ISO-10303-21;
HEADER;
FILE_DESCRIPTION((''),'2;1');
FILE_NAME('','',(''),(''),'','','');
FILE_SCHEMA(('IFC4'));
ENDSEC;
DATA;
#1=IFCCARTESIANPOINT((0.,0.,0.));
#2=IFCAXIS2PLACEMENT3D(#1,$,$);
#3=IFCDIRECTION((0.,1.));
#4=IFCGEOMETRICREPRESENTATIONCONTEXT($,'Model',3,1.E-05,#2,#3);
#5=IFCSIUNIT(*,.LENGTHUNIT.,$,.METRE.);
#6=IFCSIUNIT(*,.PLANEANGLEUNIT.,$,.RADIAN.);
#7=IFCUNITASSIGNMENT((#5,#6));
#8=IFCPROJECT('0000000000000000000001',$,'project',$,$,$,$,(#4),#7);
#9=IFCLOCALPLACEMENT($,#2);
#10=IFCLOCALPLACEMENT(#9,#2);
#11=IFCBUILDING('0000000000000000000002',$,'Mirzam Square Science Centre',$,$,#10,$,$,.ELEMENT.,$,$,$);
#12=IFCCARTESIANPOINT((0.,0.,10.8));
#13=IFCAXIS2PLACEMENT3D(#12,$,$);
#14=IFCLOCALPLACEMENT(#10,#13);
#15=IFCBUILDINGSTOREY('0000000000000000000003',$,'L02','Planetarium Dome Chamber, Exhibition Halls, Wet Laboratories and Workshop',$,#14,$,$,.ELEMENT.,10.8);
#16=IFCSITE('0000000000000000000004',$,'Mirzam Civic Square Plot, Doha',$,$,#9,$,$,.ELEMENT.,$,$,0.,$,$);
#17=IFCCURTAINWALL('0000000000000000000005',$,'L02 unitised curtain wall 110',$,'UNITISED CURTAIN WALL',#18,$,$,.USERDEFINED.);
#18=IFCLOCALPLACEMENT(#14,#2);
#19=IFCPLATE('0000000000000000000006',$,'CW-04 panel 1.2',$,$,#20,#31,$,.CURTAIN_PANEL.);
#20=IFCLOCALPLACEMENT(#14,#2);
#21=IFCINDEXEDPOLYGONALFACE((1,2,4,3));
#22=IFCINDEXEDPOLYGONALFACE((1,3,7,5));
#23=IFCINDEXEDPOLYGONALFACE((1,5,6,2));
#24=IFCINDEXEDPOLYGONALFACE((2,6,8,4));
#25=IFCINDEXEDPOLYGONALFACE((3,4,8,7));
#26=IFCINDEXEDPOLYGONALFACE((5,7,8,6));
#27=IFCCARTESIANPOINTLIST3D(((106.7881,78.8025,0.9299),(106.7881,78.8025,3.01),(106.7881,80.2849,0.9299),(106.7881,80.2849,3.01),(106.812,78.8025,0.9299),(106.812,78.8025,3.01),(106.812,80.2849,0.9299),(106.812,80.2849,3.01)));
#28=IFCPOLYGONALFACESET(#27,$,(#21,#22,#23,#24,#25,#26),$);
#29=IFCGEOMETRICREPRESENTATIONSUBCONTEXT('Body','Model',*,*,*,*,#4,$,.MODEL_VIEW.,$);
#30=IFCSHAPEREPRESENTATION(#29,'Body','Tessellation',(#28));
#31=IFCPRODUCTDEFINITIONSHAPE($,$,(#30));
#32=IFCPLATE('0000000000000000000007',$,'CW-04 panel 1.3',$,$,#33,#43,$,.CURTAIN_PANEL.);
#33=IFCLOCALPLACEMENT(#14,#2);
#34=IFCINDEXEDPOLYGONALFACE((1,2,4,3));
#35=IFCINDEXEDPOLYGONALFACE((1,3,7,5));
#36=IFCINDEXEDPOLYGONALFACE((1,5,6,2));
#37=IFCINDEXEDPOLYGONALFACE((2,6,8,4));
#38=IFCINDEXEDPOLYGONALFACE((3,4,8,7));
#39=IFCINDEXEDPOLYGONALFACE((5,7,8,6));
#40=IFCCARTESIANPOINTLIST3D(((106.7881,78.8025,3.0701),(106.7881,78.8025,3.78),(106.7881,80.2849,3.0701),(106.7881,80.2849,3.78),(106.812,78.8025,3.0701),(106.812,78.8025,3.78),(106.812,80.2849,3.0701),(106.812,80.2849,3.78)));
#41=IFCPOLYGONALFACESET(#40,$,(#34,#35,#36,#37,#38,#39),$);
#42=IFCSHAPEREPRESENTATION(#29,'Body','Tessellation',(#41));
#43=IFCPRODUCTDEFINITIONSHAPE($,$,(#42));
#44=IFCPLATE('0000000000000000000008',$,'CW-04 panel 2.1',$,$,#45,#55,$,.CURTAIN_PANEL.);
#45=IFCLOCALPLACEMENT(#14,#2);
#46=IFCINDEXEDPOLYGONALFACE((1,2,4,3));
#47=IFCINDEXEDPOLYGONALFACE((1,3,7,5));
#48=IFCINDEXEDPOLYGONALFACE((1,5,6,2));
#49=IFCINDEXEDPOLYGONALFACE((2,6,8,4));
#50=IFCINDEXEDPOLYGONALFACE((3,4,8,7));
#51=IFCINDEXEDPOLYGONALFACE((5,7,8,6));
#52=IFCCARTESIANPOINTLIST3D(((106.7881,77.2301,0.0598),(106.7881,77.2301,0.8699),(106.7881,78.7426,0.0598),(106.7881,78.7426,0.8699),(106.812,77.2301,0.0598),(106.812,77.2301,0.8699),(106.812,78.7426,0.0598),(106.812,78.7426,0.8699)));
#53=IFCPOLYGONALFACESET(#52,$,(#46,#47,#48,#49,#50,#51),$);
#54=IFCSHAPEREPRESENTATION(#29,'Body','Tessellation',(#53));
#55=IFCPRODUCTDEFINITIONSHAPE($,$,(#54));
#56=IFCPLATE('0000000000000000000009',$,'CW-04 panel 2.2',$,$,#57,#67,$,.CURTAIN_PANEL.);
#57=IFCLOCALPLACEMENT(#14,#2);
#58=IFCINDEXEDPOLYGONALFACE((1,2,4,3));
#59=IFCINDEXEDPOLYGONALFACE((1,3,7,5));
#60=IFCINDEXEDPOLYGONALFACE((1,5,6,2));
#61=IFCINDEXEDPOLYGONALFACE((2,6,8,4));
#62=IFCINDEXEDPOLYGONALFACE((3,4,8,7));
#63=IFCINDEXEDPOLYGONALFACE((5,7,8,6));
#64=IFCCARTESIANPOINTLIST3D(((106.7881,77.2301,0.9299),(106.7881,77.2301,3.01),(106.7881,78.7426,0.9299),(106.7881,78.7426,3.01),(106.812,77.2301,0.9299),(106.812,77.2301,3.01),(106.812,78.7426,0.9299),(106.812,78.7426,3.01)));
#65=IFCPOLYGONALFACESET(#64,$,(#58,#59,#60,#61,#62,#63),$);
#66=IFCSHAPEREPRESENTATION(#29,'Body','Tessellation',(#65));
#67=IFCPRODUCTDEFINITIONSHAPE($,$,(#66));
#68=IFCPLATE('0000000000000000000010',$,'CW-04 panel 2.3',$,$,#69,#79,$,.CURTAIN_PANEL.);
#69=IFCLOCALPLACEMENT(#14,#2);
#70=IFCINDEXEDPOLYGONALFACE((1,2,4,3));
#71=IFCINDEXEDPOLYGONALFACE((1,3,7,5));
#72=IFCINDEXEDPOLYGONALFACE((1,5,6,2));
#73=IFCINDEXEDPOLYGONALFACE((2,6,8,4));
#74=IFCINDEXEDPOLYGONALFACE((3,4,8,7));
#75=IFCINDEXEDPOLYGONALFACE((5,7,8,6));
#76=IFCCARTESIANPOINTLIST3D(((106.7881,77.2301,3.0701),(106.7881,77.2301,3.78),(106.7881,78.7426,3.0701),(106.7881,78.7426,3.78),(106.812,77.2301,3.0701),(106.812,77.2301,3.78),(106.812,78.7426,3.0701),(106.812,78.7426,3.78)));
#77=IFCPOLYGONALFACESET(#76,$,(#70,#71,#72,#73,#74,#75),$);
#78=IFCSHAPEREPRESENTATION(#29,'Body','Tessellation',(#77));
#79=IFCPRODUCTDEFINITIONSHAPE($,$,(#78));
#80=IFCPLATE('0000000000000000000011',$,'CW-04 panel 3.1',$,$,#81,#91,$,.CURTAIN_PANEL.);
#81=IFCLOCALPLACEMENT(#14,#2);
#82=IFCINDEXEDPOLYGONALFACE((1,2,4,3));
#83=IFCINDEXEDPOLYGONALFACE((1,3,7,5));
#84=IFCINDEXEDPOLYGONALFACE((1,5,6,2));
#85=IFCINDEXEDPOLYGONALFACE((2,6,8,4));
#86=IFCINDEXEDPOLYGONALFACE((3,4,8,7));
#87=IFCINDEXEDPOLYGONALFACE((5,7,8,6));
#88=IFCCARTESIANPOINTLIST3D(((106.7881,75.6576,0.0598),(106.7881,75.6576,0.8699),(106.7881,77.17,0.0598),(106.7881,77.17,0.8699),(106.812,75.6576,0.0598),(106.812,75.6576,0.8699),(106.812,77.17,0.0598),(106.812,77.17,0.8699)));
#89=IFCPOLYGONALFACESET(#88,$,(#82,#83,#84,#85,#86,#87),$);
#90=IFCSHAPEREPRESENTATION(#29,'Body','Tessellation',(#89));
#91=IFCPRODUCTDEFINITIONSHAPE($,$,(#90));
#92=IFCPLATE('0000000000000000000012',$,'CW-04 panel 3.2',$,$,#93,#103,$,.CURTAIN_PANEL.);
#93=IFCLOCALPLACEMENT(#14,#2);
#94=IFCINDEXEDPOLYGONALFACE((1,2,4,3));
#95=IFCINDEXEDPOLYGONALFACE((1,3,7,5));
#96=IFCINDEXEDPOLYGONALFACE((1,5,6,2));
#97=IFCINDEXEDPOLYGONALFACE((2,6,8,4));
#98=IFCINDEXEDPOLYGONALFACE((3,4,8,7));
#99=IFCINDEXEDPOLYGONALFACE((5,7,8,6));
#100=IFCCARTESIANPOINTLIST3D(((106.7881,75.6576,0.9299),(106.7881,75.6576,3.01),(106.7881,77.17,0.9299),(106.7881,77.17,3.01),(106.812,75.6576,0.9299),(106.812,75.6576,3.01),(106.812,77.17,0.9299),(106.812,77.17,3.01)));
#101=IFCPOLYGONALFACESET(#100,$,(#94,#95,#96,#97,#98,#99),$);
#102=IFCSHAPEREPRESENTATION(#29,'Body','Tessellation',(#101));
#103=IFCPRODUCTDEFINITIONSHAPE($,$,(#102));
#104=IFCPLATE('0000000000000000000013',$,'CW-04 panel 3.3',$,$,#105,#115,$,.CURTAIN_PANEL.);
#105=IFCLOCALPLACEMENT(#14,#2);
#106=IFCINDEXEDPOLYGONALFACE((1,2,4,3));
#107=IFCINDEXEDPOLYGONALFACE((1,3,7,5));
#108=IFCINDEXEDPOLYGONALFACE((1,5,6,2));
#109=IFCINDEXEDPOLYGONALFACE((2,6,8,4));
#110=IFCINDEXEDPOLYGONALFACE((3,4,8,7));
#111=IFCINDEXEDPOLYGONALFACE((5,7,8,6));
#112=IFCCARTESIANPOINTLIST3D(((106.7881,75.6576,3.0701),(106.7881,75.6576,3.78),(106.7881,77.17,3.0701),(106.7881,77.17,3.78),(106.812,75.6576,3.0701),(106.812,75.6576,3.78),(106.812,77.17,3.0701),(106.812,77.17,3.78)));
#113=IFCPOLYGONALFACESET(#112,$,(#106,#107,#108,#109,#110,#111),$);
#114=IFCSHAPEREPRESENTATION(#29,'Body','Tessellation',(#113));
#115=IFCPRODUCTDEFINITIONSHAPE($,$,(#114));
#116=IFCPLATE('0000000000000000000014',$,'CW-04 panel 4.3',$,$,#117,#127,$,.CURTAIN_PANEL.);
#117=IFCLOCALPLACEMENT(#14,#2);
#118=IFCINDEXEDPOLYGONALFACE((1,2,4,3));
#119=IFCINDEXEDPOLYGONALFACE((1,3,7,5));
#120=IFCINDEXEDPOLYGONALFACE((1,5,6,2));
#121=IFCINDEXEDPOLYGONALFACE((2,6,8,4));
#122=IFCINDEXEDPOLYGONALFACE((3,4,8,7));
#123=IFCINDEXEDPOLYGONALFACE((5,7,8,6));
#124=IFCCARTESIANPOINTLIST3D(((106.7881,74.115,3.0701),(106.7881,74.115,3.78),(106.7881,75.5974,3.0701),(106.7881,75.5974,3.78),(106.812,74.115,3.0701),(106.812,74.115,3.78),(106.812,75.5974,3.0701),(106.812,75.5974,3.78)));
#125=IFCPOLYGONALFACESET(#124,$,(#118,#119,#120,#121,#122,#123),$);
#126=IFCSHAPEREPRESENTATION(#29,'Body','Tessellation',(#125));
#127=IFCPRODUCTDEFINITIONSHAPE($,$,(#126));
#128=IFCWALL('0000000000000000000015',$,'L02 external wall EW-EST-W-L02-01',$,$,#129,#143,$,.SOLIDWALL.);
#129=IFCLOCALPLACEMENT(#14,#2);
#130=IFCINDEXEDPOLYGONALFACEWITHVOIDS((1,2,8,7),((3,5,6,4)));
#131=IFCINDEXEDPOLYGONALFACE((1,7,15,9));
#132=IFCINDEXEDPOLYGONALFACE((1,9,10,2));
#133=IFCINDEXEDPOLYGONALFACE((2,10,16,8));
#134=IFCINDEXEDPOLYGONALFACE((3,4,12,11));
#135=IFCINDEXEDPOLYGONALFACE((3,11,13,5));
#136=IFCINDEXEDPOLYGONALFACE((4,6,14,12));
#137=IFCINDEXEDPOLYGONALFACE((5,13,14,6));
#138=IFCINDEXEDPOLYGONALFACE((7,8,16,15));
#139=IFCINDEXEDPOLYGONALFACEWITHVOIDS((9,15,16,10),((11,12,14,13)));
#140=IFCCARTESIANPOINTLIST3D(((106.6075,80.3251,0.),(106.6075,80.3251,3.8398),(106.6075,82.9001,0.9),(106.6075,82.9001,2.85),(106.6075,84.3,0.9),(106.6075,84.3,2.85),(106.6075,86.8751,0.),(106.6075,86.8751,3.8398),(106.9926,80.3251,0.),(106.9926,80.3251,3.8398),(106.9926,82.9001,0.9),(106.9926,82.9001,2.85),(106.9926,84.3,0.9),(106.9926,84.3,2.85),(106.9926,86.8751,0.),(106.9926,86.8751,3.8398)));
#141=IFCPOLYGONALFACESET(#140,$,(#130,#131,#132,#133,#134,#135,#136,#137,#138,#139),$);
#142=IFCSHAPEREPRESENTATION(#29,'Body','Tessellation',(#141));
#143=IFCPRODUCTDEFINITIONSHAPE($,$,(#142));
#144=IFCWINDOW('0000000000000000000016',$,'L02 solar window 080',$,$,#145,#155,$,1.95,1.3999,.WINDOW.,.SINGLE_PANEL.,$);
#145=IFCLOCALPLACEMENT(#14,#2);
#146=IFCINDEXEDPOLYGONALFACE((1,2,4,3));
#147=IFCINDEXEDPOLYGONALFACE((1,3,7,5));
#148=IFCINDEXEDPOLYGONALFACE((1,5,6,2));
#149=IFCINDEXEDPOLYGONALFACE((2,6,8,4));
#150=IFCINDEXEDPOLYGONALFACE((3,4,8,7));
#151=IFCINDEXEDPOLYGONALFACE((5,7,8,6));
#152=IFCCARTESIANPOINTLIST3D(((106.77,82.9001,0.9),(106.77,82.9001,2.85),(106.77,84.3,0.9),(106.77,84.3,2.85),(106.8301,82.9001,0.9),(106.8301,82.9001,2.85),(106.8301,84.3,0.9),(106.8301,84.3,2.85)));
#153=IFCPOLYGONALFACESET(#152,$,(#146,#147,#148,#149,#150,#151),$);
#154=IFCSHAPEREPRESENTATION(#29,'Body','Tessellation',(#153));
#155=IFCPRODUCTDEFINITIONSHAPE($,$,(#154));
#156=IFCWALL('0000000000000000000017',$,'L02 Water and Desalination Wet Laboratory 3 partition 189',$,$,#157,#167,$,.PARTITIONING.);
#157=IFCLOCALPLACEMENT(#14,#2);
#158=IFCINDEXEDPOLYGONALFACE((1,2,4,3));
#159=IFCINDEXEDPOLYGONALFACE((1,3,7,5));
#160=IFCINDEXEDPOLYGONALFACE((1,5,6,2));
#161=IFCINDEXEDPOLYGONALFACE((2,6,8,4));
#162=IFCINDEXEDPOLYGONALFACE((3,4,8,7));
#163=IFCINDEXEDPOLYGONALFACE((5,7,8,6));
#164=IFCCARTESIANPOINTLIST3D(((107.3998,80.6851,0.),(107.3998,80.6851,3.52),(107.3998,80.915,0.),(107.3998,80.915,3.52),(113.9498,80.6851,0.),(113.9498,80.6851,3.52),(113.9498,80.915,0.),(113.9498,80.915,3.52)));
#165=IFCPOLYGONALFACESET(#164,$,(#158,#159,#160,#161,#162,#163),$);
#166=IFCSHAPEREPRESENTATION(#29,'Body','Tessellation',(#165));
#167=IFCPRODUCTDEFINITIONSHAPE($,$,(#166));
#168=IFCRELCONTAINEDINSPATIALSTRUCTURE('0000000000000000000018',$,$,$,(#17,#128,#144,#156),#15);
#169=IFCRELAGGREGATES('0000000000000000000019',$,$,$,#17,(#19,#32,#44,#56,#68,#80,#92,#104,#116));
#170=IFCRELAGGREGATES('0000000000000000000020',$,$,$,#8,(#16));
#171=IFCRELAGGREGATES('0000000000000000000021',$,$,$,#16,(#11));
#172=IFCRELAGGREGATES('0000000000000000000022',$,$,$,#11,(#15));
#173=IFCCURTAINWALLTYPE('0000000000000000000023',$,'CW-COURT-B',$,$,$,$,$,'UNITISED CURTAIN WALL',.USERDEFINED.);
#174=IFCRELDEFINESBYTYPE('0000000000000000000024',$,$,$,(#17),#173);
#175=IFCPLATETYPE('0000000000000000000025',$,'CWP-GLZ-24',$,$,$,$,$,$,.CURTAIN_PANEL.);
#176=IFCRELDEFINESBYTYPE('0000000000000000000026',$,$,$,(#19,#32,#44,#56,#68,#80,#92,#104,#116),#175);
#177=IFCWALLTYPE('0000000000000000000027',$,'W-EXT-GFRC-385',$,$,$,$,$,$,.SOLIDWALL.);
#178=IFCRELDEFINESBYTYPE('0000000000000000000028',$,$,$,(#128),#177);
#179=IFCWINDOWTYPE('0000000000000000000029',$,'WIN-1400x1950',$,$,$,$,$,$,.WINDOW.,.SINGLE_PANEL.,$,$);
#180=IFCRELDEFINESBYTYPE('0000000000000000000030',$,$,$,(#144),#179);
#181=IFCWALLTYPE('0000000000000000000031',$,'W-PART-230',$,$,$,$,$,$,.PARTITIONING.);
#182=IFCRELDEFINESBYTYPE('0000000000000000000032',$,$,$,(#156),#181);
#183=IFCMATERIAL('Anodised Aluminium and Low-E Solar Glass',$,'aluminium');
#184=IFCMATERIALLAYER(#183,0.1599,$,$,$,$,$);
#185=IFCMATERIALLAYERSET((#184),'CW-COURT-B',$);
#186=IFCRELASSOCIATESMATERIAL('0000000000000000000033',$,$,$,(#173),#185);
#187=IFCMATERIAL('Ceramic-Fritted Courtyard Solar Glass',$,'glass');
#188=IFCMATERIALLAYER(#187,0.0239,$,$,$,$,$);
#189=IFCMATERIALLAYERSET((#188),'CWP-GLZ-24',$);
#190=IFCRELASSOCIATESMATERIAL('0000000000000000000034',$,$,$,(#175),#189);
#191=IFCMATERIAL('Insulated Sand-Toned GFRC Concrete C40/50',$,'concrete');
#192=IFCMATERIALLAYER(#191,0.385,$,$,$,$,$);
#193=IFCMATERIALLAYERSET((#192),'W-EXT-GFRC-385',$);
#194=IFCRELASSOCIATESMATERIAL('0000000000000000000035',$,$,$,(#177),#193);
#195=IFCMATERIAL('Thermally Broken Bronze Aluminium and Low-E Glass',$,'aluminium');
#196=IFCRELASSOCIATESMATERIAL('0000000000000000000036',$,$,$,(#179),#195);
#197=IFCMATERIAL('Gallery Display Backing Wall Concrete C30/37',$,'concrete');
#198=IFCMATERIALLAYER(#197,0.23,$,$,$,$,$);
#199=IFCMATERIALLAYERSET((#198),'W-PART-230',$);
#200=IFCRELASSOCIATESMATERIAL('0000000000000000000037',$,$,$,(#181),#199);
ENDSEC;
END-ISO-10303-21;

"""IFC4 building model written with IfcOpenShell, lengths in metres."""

from ifc_helpers import new_model, si_unit, direction, frame, frame_2d, origin, origin_2d, place, context, subcontext, project, spatial, rectangle, extrude, material, layer, layer_set, type_object, element, fill, aggregate, save


model = new_model("IFC4")

# Units and contexts
model_context = context("Model", 3, precision=1e-05, world=origin(), true_north=direction((0.0, 1.0)))
body_context = subcontext(model_context, "Body", "Model", "MODEL_VIEW")
ifc_project = project(units=[si_unit("LENGTHUNIT", "METRE"), si_unit("PLANEANGLEUNIT", "RADIAN")], contexts=[model_context])

# Site, building, storey
site_placement = place(None, origin())
site = spatial("IfcSite", under=ifc_project, at=site_placement, Name="Mirzam Civic Square Plot, Doha", CompositionType="ELEMENT", RefElevation=0.0)
building_placement = place(site_placement, origin())
building = spatial("IfcBuilding", under=site, at=building_placement, Name="Mirzam Square Science Centre", CompositionType="ELEMENT")
storey_placement = place(building_placement, frame((0.0, 0.0, 10.8)))
storey = spatial("IfcBuildingStorey", under=building, at=storey_placement, Name="L02", Description="Planetarium Dome Chamber, Exhibition Halls, Wet Laboratories and Workshop", CompositionType="ELEMENT", Elevation=10.8)

# Shared definitions
ifc_material_1 = material(Name="Anodised Aluminium and Low-E Solar Glass", Category="aluminium")
ifc_layer_1 = layer(ifc_material_1, 0.1599)
ifc_layer_set_1 = layer_set([ifc_layer_1], Name="CW-COURT-B")
curtain_wall_type = type_object("IfcCurtainWallType", Name="CW-COURT-B", ElementType="UNITISED CURTAIN WALL", PredefinedType="USERDEFINED", material=ifc_layer_set_1)

# Curtain wall
curtain_wall_1_placement = place(storey_placement, origin())
curtain_wall_1 = element("IfcCurtainWall", 1, at=curtain_wall_1_placement, inside=storey, type_object=curtain_wall_type, Name="L02 unitised curtain wall 110", ObjectType="UNITISED CURTAIN WALL", PredefinedType="USERDEFINED")

# Plates
ifc_material_2 = material(Name="Ceramic-Fritted Courtyard Solar Glass", Category="glass")
ifc_layer_2 = layer(ifc_material_2, 0.0239)
ifc_layer_set_2 = layer_set([ifc_layer_2], Name="CWP-GLZ-24")
plate_type = type_object("IfcPlateType", Name="CWP-GLZ-24", PredefinedType="CURTAIN_PANEL", material=ifc_layer_set_2)
plate_1_placement = place(storey_placement, frame((106.8, 79.5437, 0.9299), z_axis=(0.0, 0.0, 1.0), x_axis=(0.0, -1.0, 0.0)))
plate_1 = element("IfcPlate", 2, at=plate_1_placement, type_object=plate_type, Name="CW-04 panel 1.2", PredefinedType="CURTAIN_PANEL", context=body_context, shape_type="SweptSolid", body=[
    extrude(rectangle(XDim=1.4824, YDim=0.0239, at=origin_2d()), origin(), (0.0, 0.0, 1.0), 2.0801),
])
plate_2_placement = place(storey_placement, frame((106.8, 79.5437, 3.0701), z_axis=(0.0, 0.0, 1.0), x_axis=(0.0, -1.0, 0.0)))
plate_2 = element("IfcPlate", 3, at=plate_2_placement, type_object=plate_type, Name="CW-04 panel 1.3", PredefinedType="CURTAIN_PANEL", context=body_context, shape_type="SweptSolid", body=[
    extrude(rectangle(XDim=1.4824, YDim=0.0239, at=origin_2d()), origin(), (0.0, 0.0, 1.0), 0.71),
])
plate_3_placement = place(storey_placement, frame((106.8, 77.9863, 0.0598), z_axis=(0.0, 0.0, 1.0), x_axis=(0.0, -1.0, 0.0)))
plate_3 = element("IfcPlate", 4, at=plate_3_placement, type_object=plate_type, Name="CW-04 panel 2.1", PredefinedType="CURTAIN_PANEL", context=body_context, shape_type="SweptSolid", body=[
    extrude(rectangle(XDim=1.5125, YDim=0.0239, at=origin_2d()), origin(), (0.0, 0.0, 1.0), 0.8101),
])
plate_4_placement = place(storey_placement, frame((106.8, 77.9863, 0.9299), z_axis=(0.0, 0.0, 1.0), x_axis=(0.0, -1.0, 0.0)))
plate_4 = element("IfcPlate", 5, at=plate_4_placement, type_object=plate_type, Name="CW-04 panel 2.2", PredefinedType="CURTAIN_PANEL", context=body_context, shape_type="SweptSolid", body=[
    extrude(rectangle(XDim=1.5125, YDim=0.0239, at=origin_2d()), origin(), (0.0, 0.0, 1.0), 2.0801),
])
plate_5_placement = place(storey_placement, frame((106.8, 77.9863, 3.0701), z_axis=(0.0, 0.0, 1.0), x_axis=(0.0, -1.0, 0.0)))
plate_5 = element("IfcPlate", 6, at=plate_5_placement, type_object=plate_type, Name="CW-04 panel 2.3", PredefinedType="CURTAIN_PANEL", context=body_context, shape_type="SweptSolid", body=[
    extrude(rectangle(XDim=1.5125, YDim=0.0239, at=origin_2d()), origin(), (0.0, 0.0, 1.0), 0.71),
])
plate_6_placement = place(storey_placement, frame((106.8, 76.4138, 0.0598), z_axis=(0.0, 0.0, 1.0), x_axis=(0.0, -1.0, 0.0)))
plate_6 = element("IfcPlate", 7, at=plate_6_placement, type_object=plate_type, Name="CW-04 panel 3.1", PredefinedType="CURTAIN_PANEL", context=body_context, shape_type="SweptSolid", body=[
    extrude(rectangle(XDim=1.5125, YDim=0.0239, at=origin_2d()), origin(), (0.0, 0.0, 1.0), 0.8101),
])
plate_7_placement = place(storey_placement, frame((106.8, 76.4138, 0.9299), z_axis=(0.0, 0.0, 1.0), x_axis=(0.0, -1.0, 0.0)))
plate_7 = element("IfcPlate", 8, at=plate_7_placement, type_object=plate_type, Name="CW-04 panel 3.2", PredefinedType="CURTAIN_PANEL", context=body_context, shape_type="SweptSolid", body=[
    extrude(rectangle(XDim=1.5125, YDim=0.0239, at=origin_2d()), origin(), (0.0, 0.0, 1.0), 2.0801),
])
plate_8_placement = place(storey_placement, frame((106.8, 76.4138, 3.0701), z_axis=(0.0, 0.0, 1.0), x_axis=(0.0, -1.0, 0.0)))
plate_8 = element("IfcPlate", 9, at=plate_8_placement, type_object=plate_type, Name="CW-04 panel 3.3", PredefinedType="CURTAIN_PANEL", context=body_context, shape_type="SweptSolid", body=[
    extrude(rectangle(XDim=1.5125, YDim=0.0239, at=origin_2d()), origin(), (0.0, 0.0, 1.0), 0.71),
])
plate_9_placement = place(storey_placement, frame((106.8, 74.8562, 3.0701), z_axis=(0.0, 0.0, 1.0), x_axis=(0.0, -1.0, 0.0)))
plate_9 = element("IfcPlate", 10, at=plate_9_placement, type_object=plate_type, Name="CW-04 panel 4.3", PredefinedType="CURTAIN_PANEL", context=body_context, shape_type="SweptSolid", body=[
    extrude(rectangle(XDim=1.4824, YDim=0.0239, at=origin_2d()), origin(), (0.0, 0.0, 1.0), 0.71),
])
aggregate(curtain_wall_1, [plate_1, plate_2, plate_3, plate_4, plate_5, plate_6, plate_7, plate_8, plate_9])

# Wall, opening, window
ifc_material_3 = material(Name="Insulated Sand-Toned GFRC Concrete C40/50", Category="concrete")
ifc_layer_3 = layer(ifc_material_3, 0.385)
ifc_layer_set_3 = layer_set([ifc_layer_3], Name="W-EXT-GFRC-385")
wall_type_1 = type_object("IfcWallType", Name="W-EXT-GFRC-385", PredefinedType="SOLIDWALL", material=ifc_layer_set_3)
wall_1_placement = place(storey_placement, frame((106.8, 86.875, 0.0), z_axis=(0.0, 0.0, 1.0), x_axis=(0.0, -1.0, 0.0)))
wall_1 = element("IfcWall", 11, at=wall_1_placement, inside=storey, type_object=wall_type_1, Name="L02 external wall EW-EST-W-L02-01", PredefinedType="SOLIDWALL", context=body_context, shape_type="SweptSolid", body=[
    extrude(rectangle(XDim=6.55, YDim=0.385, at=frame_2d((3.2749, 0.0))), origin(), (0.0, 0.0, 1.0), 3.8398),
])
opening_placement = place(wall_1_placement, frame((2.575, 0.0, 0.8999)))
opening = element("IfcOpeningElement", 12, at=opening_placement, cuts=wall_1, PredefinedType="OPENING", context=body_context, shape_type="SweptSolid", body=[
    extrude(rectangle(XDim=1.3999, YDim=1.95, at=frame_2d((0.7, 0.9751))), frame((0.0, 0.2024, 0.0), z_axis=(0.0, -1.0, 0.0), x_axis=(1.0, 0.0, 0.0)), (0.0, 0.0, 1.0), 0.405),
])
ifc_material_4 = material(Name="Thermally Broken Bronze Aluminium and Low-E Glass", Category="aluminium")
window_type = type_object("IfcWindowType", Name="WIN-1400x1950", PartitioningType="SINGLE_PANEL", PredefinedType="WINDOW", material=ifc_material_4)
window_placement = place(opening_placement, origin())
window = element("IfcWindow", 13, at=window_placement, inside=storey, type_object=window_type, Name="L02 solar window 080", OverallHeight=1.95, OverallWidth=1.3999, PartitioningType="SINGLE_PANEL", PredefinedType="WINDOW", context=body_context, shape_type="SweptSolid", body=[
    extrude(rectangle(XDim=1.3999, YDim=1.95, at=frame_2d((0.7, 0.9751))), frame((0.0, 0.03, 0.0), z_axis=(0.0, -1.0, 0.0), x_axis=(1.0, 0.0, 0.0)), (0.0, 0.0, 1.0), 0.0601),
])
fill(opening, window)

# Wall
ifc_material_5 = material(Name="Gallery Display Backing Wall Concrete C30/37", Category="concrete")
ifc_layer_4 = layer(ifc_material_5, 0.23)
ifc_layer_set_4 = layer_set([ifc_layer_4], Name="W-PART-230")
wall_type_2 = type_object("IfcWallType", Name="W-PART-230", PredefinedType="PARTITIONING", material=ifc_layer_set_4)
wall_2_placement = place(storey_placement, frame((107.3999, 80.8, 0.0), z_axis=(0.0, 0.0, 1.0), x_axis=(1.0, 0.0, 0.0)))
element("IfcWall", 14, at=wall_2_placement, inside=storey, type_object=wall_type_2, Name="L02 Water and Desalination Wet Laboratory 3 partition 189", PredefinedType="PARTITIONING", context=body_context, shape_type="SweptSolid", body=[
    extrude(rectangle(XDim=6.55, YDim=0.23, at=frame_2d((3.2749, 0.0))), origin(), (0.0, 0.0, 1.0), 3.52),
])

save(model, "model.ifc")
